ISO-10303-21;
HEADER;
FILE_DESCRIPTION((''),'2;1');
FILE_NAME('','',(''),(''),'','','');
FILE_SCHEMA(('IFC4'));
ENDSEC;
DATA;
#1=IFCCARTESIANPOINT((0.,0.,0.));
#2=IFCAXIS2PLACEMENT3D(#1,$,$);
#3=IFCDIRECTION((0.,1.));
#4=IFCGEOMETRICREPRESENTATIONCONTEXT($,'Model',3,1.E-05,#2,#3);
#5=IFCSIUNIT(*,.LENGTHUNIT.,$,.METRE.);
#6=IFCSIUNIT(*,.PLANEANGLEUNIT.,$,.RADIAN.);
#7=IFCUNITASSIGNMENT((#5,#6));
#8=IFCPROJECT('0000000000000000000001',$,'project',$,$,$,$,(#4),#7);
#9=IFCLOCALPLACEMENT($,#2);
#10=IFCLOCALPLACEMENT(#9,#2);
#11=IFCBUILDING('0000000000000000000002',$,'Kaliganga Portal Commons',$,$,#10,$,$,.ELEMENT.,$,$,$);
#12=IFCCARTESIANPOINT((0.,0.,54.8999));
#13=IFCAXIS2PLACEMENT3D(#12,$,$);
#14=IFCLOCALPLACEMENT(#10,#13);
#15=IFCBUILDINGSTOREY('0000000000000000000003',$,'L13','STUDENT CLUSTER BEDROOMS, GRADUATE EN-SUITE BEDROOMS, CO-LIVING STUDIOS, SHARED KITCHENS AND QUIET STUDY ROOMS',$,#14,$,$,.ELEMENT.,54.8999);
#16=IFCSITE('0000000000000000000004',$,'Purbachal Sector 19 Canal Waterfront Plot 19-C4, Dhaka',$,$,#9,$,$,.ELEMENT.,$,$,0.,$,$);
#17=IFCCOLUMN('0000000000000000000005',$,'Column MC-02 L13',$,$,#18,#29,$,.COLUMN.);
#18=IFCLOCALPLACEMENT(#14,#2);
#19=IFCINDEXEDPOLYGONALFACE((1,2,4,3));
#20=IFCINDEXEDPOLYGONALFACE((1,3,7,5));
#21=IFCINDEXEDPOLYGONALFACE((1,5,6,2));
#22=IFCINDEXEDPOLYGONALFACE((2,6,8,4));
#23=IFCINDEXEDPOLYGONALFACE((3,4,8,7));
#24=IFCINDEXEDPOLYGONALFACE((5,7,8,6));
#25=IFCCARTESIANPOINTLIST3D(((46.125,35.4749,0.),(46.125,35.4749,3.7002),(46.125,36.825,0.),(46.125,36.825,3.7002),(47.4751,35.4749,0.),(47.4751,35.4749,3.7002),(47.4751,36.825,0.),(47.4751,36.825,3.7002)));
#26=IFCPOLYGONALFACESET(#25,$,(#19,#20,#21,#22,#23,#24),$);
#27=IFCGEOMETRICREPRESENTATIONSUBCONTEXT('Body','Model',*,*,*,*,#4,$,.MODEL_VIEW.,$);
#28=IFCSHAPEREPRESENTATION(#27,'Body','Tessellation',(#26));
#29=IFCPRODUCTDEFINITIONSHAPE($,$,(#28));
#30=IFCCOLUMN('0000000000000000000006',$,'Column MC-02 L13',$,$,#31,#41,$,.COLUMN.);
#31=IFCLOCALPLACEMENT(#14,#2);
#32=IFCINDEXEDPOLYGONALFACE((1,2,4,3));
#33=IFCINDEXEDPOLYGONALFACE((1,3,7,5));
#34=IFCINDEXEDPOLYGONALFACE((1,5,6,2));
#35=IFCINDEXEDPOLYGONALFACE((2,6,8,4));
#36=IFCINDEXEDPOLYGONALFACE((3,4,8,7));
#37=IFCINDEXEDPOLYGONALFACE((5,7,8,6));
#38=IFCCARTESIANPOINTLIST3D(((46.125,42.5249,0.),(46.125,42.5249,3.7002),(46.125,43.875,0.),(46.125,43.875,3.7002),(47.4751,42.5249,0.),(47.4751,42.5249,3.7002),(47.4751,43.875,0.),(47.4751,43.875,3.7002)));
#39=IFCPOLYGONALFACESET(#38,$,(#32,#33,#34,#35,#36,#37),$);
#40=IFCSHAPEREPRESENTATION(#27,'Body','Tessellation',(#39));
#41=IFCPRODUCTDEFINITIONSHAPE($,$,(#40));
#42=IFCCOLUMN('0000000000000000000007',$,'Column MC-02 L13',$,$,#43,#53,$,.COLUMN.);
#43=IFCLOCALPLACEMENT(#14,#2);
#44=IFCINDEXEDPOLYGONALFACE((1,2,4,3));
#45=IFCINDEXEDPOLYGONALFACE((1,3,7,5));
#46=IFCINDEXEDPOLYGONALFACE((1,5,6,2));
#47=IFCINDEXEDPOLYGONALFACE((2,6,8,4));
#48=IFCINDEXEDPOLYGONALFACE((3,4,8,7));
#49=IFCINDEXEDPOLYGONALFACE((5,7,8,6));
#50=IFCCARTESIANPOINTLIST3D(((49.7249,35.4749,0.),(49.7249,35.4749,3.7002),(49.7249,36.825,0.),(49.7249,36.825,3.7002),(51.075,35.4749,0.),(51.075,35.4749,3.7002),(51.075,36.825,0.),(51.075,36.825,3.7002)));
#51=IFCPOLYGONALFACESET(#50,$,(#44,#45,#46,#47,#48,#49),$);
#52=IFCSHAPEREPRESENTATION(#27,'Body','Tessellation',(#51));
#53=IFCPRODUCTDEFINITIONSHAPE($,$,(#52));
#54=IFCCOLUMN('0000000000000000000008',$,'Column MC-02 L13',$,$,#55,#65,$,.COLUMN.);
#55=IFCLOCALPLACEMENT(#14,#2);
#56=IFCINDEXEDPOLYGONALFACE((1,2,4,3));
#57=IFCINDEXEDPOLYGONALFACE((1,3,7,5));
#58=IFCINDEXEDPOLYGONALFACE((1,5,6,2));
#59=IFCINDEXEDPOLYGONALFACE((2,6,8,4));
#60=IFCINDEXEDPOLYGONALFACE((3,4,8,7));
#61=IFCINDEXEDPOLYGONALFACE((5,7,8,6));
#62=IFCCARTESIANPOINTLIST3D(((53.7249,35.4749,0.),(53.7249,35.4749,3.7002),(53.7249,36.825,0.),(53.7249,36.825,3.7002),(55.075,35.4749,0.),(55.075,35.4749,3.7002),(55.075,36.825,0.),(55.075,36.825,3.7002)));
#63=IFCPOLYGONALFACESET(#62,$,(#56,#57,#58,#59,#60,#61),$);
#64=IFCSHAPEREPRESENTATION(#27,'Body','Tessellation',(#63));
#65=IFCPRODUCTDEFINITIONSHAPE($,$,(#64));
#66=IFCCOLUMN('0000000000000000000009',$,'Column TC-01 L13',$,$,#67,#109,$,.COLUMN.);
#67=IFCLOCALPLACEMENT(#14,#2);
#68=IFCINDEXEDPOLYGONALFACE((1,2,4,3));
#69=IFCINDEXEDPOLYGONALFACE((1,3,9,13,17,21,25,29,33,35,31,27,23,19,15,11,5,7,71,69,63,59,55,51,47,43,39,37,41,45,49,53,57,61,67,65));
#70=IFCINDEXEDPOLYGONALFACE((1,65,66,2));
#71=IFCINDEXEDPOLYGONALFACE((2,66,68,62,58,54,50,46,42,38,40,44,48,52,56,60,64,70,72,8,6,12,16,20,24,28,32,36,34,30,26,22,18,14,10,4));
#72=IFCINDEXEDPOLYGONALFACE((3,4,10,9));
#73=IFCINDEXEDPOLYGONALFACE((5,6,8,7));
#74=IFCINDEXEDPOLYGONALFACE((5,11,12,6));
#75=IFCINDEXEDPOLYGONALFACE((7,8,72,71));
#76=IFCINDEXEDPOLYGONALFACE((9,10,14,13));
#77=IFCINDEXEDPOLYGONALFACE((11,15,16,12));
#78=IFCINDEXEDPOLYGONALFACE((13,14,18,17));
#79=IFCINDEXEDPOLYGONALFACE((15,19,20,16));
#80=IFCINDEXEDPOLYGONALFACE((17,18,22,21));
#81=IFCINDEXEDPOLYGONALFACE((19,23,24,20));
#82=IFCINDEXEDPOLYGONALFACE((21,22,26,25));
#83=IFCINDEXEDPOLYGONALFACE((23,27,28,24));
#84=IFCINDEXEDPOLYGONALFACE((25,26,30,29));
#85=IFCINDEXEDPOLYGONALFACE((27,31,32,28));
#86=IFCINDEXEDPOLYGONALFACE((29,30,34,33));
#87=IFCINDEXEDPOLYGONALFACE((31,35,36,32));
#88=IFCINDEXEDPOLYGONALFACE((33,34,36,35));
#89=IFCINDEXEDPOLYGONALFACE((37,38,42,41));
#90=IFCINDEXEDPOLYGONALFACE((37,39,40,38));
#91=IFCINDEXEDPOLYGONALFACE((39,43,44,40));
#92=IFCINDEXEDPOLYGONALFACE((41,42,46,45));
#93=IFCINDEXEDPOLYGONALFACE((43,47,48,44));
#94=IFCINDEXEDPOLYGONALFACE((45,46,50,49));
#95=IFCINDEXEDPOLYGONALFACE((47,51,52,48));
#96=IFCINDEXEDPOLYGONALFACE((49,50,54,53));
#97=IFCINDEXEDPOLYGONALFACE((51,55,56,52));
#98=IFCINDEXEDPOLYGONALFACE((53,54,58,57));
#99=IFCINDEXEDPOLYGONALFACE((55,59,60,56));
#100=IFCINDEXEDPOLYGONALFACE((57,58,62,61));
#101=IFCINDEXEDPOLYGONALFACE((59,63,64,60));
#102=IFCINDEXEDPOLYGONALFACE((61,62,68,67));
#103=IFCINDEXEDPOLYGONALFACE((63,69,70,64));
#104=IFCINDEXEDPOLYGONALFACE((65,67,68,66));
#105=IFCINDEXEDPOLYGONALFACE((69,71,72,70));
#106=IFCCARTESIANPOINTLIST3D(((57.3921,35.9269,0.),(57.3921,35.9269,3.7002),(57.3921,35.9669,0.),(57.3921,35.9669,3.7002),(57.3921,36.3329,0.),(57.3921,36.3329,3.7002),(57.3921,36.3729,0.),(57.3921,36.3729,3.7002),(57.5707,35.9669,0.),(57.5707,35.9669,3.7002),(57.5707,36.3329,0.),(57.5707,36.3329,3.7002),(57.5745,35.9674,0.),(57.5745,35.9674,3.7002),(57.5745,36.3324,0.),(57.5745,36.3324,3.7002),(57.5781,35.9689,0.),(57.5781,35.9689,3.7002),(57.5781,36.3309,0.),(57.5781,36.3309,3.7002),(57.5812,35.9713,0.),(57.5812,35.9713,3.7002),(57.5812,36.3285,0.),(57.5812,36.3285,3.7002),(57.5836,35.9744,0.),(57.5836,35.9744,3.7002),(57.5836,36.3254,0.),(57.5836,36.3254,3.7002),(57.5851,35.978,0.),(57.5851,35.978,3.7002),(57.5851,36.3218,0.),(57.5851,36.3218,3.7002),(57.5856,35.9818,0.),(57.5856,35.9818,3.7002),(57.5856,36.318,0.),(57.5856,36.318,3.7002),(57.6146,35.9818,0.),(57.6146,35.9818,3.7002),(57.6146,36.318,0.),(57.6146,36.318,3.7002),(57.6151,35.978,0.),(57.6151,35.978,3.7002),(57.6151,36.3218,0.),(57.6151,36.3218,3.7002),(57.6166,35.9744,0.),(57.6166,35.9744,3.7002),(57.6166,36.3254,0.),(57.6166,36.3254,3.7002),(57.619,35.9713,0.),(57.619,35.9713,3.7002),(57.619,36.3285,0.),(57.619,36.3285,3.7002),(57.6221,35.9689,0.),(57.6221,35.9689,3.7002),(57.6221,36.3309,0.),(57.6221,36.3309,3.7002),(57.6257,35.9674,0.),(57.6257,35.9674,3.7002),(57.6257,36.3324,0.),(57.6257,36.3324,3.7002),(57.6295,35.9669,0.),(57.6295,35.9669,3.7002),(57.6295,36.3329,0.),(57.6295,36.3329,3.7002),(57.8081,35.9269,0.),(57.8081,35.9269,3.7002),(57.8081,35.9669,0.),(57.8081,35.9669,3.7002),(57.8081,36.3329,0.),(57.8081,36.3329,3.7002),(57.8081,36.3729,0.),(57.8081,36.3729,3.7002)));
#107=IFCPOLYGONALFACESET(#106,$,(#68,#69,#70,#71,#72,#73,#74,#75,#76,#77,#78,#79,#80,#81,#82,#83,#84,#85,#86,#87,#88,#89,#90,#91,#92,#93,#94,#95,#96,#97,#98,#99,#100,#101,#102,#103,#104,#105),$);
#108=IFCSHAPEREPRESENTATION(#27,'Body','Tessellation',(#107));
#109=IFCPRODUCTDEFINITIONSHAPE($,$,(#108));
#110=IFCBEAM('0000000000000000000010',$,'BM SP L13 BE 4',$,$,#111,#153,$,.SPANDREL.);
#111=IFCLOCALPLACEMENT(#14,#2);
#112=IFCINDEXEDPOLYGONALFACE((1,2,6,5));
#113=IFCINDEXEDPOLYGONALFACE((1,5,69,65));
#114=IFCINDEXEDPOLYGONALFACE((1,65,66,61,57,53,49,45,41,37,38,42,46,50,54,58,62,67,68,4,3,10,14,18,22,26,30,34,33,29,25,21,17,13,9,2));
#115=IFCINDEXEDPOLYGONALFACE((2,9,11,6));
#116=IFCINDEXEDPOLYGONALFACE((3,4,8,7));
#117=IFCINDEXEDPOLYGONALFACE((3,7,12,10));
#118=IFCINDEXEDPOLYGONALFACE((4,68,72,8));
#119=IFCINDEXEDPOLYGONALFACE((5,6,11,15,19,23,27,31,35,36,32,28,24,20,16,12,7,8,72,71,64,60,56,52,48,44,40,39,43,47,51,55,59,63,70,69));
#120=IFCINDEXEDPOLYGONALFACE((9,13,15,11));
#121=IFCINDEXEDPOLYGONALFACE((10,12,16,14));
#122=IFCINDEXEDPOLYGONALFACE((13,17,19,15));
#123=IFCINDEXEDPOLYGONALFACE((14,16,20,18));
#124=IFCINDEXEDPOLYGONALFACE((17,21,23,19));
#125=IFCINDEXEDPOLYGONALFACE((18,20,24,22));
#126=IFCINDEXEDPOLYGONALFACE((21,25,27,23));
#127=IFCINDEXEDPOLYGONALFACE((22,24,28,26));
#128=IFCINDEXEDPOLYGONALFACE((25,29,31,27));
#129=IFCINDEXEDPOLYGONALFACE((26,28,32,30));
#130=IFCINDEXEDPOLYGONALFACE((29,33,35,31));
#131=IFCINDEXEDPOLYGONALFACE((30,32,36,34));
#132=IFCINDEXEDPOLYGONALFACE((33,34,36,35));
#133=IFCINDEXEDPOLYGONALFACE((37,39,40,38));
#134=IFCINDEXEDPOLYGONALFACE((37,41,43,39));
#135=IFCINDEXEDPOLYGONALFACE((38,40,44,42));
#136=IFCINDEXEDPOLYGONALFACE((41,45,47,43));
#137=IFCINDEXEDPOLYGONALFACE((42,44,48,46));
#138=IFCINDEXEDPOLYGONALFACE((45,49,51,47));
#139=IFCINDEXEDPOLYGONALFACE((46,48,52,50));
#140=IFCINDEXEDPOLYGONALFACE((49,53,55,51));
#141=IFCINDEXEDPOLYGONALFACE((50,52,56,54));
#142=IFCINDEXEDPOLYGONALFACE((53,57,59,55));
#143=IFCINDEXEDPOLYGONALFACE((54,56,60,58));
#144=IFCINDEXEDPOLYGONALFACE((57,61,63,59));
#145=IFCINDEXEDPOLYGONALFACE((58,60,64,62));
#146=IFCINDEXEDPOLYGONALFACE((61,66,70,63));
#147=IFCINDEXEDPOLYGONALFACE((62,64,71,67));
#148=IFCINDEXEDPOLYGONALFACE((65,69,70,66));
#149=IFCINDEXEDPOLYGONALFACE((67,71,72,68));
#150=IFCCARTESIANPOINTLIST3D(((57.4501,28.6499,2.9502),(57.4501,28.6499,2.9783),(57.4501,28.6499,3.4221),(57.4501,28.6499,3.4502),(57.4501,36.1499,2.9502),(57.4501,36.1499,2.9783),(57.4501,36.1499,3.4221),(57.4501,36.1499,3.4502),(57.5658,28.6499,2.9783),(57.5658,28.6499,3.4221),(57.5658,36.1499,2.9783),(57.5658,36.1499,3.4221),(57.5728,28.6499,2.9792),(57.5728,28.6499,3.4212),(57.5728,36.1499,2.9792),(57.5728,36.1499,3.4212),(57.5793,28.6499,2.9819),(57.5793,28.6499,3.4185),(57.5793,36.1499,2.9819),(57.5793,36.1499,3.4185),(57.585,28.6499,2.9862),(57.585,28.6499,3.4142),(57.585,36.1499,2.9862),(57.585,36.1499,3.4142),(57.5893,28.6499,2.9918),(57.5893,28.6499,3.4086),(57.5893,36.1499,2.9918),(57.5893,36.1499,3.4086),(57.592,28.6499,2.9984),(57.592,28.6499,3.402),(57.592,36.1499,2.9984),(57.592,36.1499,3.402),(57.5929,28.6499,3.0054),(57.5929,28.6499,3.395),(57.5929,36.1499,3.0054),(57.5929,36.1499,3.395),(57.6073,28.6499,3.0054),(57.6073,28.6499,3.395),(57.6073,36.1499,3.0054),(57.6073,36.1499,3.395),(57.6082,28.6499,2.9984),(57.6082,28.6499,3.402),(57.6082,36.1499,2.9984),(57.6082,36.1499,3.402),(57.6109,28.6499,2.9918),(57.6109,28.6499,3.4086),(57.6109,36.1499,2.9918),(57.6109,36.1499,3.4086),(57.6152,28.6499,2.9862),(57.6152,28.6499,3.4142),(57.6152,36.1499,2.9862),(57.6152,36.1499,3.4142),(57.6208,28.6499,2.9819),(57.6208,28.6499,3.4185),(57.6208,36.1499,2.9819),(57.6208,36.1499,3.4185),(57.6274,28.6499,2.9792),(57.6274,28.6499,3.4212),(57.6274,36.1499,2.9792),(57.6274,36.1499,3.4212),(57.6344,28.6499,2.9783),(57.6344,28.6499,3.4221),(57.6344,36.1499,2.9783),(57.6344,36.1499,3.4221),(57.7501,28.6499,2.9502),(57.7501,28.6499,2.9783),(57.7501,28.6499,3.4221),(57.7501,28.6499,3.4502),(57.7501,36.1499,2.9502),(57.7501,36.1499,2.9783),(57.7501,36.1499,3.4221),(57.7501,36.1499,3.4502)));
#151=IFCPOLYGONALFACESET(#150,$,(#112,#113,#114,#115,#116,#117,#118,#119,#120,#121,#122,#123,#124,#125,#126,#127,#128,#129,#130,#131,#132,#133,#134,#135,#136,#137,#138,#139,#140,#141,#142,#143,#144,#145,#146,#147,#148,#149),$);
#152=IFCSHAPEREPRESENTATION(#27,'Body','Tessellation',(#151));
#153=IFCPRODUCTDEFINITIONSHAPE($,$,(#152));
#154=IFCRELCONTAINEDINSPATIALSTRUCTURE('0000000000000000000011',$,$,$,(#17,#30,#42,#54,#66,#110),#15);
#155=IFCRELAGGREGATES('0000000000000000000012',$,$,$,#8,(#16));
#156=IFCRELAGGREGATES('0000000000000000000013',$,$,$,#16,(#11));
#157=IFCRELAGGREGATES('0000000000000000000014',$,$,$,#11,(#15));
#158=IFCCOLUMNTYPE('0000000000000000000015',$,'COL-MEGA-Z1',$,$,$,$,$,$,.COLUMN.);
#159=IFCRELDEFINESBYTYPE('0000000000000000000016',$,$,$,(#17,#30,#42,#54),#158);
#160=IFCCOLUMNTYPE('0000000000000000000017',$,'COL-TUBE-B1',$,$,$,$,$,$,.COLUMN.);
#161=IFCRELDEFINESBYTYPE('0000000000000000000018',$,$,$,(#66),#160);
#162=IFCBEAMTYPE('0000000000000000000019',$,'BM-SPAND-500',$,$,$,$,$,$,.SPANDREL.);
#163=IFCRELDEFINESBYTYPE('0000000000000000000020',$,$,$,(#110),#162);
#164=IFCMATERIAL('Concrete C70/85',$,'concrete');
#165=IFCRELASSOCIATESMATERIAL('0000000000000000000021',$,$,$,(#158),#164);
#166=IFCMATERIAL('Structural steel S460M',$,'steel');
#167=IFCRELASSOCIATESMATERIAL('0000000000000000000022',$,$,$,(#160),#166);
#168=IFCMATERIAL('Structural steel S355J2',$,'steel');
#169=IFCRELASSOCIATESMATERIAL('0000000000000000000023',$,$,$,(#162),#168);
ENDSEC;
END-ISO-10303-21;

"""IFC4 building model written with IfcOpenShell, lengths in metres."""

from ifc_helpers import new_model, si_unit, direction, frame, origin, origin_2d, place, context, subcontext, project, spatial, rectangle, i_section, extrude, source, transform, mapped, material, material_profile, profile_set, type_object, element, save


model = new_model("IFC4")

# Units and contexts
model_context = context("Model", 3, precision=1e-05, world=origin(), true_north=direction((0.0, 1.0)))
body_context = subcontext(model_context, "Body", "Model", "MODEL_VIEW")
ifc_project = project(units=[si_unit("LENGTHUNIT", "METRE"), si_unit("PLANEANGLEUNIT", "RADIAN")], contexts=[model_context])

# Site, building, storey
site_placement = place(None, origin())
site = spatial("IfcSite", under=ifc_project, at=site_placement, Name="Purbachal Sector 19 Canal Waterfront Plot 19-C4, Dhaka", CompositionType="ELEMENT", RefElevation=0.0)
building_placement = place(site_placement, origin())
building = spatial("IfcBuilding", under=site, at=building_placement, Name="Kaliganga Portal Commons", CompositionType="ELEMENT")
storey_placement = place(building_placement, frame((0.0, 0.0, 54.8999)))
storey = spatial("IfcBuildingStorey", under=building, at=storey_placement, Name="L13", Description="STUDENT CLUSTER BEDROOMS, GRADUATE EN-SUITE BEDROOMS, CO-LIVING STUDIOS, SHARED KITCHENS AND QUIET STUDY ROOMS", CompositionType="ELEMENT", Elevation=54.8999)

# Columns
ifc_material_1 = material(Name="Concrete C70/85", Category="concrete")
ifc_material_profile_1 = material_profile(ifc_material_1, rectangle(XDim=1.3501, YDim=1.3501, at=origin_2d()), Name="RC 1350x1350")
ifc_profile_set_1 = profile_set([ifc_material_profile_1], Name="Concrete C70/85")
column_type_1 = type_object("IfcColumnType", Name="COL-MEGA-Z1", PredefinedType="COLUMN", material=ifc_profile_set_1)
shared_shape_1 = source(origin(), body_context, "Body", "SweptSolid", [
    extrude(rectangle(XDim=1.3501, YDim=1.3501, at=origin_2d()), origin(), (0.0, 0.0, 1.0), 3.7002),
])
for number, where, z_axis, x_axis, name in (
    (1, (46.8, 36.1499, 0.0), (0.0, 0.0, 1.0), (1.0, 0.0, 0.0), "Column MC-02 L13"),
    (2, (46.8, 43.2, 0.0), (0.0, 0.0, 1.0), (1.0, 0.0, 0.0), "Column MC-02 L13"),
    (3, (50.3999, 36.1499, 0.0), (0.0, 0.0, 1.0), (1.0, 0.0, 0.0), "Column MC-02 L13"),
    (4, (54.3999, 36.1499, 0.0), (0.0, 0.0, 1.0), (1.0, 0.0, 0.0), "Column MC-02 L13"),
):
    element("IfcColumn", number, at=place(storey_placement, frame(where, z_axis=z_axis, x_axis=x_axis)), inside=storey, type_object=column_type_1, Name=name, PredefinedType="COLUMN", context=body_context, shape_type="MappedRepresentation", body=[
        mapped(shared_shape_1, transform((0.0, 0.0, 0.0), x_axis=(1.0, 0.0, 0.0), y_axis=(0.0, 1.0, 0.0), z_axis=(0.0, 0.0, 1.0), scale=1.0)),
    ])
ifc_material_2 = material(Name="Structural steel S460M", Category="steel")
ifc_material_profile_2 = material_profile(ifc_material_2, i_section(OverallWidth=0.416, OverallDepth=0.446, WebThickness=0.0291, FlangeThickness=0.04, FilletRadius=0.0149, at=origin_2d()), Name="HD 400x509")
ifc_profile_set_2 = profile_set([ifc_material_profile_2], Name="Structural steel S460M wide-flange")
column_type_2 = type_object("IfcColumnType", Name="COL-TUBE-B1", PredefinedType="COLUMN", material=ifc_profile_set_2)
shared_shape_2 = source(origin(), body_context, "Body", "SweptSolid", [
    extrude(i_section(OverallWidth=0.416, OverallDepth=0.446, WebThickness=0.0291, FlangeThickness=0.04, FilletRadius=0.0149, at=origin_2d()), origin(), (0.0, 0.0, 1.0), 3.7002),
])
column_placement = place(storey_placement, frame((57.6001, 36.1499, 0.0), z_axis=(0.0, 0.0, 1.0), x_axis=(1.0, 0.0, 0.0)))
element("IfcColumn", 5, at=column_placement, inside=storey, type_object=column_type_2, Name="Column TC-01 L13", PredefinedType="COLUMN", context=body_context, shape_type="MappedRepresentation", body=[
    mapped(shared_shape_2, transform((0.0, 0.0, 0.0), x_axis=(1.0, 0.0, 0.0), y_axis=(0.0, 1.0, 0.0), z_axis=(0.0, 0.0, 1.0), scale=1.0)),
])

# Beam
ifc_material_3 = material(Name="Structural steel S355J2", Category="steel")
ifc_material_profile_3 = material_profile(ifc_material_3, i_section(OverallWidth=0.3, OverallDepth=0.5, WebThickness=0.0144, FlangeThickness=0.0281, FilletRadius=0.0271, at=origin_2d()), Name="HE 500 B")
ifc_profile_set_3 = profile_set([ifc_material_profile_3], Name="Structural steel S355J2 wide-flange")
beam_type_1 = type_object("IfcBeamType", Name="BM-SPAND-500", PredefinedType="SPANDREL", material=ifc_profile_set_3)
shared_shape_3 = source(origin(), body_context, "Body", "SweptSolid", [
    extrude(i_section(OverallWidth=0.3, OverallDepth=0.5, WebThickness=0.0144, FlangeThickness=0.0281, FilletRadius=0.0271, at=origin_2d()), origin(), (0.0, 0.0, 1.0), 7.5),
])
beam_1_placement = place(storey_placement, frame((57.6001, 28.6499, 3.2002), z_axis=(0.0, 1.0, 0.0), x_axis=(-1.0, 0.0, 0.0)))
element("IfcBeam", 6, at=beam_1_placement, inside=storey, type_object=beam_type_1, Name="BM SP L13 BE 4", PredefinedType="SPANDREL", context=body_context, shape_type="MappedRepresentation", body=[
    mapped(shared_shape_3, transform((0.0, 0.0, 0.0), x_axis=(1.0, 0.0, 0.0), y_axis=(0.0, 1.0, 0.0), z_axis=(0.0, 0.0, 1.0), scale=1.0)),
])

save(model, "model.ifc")
